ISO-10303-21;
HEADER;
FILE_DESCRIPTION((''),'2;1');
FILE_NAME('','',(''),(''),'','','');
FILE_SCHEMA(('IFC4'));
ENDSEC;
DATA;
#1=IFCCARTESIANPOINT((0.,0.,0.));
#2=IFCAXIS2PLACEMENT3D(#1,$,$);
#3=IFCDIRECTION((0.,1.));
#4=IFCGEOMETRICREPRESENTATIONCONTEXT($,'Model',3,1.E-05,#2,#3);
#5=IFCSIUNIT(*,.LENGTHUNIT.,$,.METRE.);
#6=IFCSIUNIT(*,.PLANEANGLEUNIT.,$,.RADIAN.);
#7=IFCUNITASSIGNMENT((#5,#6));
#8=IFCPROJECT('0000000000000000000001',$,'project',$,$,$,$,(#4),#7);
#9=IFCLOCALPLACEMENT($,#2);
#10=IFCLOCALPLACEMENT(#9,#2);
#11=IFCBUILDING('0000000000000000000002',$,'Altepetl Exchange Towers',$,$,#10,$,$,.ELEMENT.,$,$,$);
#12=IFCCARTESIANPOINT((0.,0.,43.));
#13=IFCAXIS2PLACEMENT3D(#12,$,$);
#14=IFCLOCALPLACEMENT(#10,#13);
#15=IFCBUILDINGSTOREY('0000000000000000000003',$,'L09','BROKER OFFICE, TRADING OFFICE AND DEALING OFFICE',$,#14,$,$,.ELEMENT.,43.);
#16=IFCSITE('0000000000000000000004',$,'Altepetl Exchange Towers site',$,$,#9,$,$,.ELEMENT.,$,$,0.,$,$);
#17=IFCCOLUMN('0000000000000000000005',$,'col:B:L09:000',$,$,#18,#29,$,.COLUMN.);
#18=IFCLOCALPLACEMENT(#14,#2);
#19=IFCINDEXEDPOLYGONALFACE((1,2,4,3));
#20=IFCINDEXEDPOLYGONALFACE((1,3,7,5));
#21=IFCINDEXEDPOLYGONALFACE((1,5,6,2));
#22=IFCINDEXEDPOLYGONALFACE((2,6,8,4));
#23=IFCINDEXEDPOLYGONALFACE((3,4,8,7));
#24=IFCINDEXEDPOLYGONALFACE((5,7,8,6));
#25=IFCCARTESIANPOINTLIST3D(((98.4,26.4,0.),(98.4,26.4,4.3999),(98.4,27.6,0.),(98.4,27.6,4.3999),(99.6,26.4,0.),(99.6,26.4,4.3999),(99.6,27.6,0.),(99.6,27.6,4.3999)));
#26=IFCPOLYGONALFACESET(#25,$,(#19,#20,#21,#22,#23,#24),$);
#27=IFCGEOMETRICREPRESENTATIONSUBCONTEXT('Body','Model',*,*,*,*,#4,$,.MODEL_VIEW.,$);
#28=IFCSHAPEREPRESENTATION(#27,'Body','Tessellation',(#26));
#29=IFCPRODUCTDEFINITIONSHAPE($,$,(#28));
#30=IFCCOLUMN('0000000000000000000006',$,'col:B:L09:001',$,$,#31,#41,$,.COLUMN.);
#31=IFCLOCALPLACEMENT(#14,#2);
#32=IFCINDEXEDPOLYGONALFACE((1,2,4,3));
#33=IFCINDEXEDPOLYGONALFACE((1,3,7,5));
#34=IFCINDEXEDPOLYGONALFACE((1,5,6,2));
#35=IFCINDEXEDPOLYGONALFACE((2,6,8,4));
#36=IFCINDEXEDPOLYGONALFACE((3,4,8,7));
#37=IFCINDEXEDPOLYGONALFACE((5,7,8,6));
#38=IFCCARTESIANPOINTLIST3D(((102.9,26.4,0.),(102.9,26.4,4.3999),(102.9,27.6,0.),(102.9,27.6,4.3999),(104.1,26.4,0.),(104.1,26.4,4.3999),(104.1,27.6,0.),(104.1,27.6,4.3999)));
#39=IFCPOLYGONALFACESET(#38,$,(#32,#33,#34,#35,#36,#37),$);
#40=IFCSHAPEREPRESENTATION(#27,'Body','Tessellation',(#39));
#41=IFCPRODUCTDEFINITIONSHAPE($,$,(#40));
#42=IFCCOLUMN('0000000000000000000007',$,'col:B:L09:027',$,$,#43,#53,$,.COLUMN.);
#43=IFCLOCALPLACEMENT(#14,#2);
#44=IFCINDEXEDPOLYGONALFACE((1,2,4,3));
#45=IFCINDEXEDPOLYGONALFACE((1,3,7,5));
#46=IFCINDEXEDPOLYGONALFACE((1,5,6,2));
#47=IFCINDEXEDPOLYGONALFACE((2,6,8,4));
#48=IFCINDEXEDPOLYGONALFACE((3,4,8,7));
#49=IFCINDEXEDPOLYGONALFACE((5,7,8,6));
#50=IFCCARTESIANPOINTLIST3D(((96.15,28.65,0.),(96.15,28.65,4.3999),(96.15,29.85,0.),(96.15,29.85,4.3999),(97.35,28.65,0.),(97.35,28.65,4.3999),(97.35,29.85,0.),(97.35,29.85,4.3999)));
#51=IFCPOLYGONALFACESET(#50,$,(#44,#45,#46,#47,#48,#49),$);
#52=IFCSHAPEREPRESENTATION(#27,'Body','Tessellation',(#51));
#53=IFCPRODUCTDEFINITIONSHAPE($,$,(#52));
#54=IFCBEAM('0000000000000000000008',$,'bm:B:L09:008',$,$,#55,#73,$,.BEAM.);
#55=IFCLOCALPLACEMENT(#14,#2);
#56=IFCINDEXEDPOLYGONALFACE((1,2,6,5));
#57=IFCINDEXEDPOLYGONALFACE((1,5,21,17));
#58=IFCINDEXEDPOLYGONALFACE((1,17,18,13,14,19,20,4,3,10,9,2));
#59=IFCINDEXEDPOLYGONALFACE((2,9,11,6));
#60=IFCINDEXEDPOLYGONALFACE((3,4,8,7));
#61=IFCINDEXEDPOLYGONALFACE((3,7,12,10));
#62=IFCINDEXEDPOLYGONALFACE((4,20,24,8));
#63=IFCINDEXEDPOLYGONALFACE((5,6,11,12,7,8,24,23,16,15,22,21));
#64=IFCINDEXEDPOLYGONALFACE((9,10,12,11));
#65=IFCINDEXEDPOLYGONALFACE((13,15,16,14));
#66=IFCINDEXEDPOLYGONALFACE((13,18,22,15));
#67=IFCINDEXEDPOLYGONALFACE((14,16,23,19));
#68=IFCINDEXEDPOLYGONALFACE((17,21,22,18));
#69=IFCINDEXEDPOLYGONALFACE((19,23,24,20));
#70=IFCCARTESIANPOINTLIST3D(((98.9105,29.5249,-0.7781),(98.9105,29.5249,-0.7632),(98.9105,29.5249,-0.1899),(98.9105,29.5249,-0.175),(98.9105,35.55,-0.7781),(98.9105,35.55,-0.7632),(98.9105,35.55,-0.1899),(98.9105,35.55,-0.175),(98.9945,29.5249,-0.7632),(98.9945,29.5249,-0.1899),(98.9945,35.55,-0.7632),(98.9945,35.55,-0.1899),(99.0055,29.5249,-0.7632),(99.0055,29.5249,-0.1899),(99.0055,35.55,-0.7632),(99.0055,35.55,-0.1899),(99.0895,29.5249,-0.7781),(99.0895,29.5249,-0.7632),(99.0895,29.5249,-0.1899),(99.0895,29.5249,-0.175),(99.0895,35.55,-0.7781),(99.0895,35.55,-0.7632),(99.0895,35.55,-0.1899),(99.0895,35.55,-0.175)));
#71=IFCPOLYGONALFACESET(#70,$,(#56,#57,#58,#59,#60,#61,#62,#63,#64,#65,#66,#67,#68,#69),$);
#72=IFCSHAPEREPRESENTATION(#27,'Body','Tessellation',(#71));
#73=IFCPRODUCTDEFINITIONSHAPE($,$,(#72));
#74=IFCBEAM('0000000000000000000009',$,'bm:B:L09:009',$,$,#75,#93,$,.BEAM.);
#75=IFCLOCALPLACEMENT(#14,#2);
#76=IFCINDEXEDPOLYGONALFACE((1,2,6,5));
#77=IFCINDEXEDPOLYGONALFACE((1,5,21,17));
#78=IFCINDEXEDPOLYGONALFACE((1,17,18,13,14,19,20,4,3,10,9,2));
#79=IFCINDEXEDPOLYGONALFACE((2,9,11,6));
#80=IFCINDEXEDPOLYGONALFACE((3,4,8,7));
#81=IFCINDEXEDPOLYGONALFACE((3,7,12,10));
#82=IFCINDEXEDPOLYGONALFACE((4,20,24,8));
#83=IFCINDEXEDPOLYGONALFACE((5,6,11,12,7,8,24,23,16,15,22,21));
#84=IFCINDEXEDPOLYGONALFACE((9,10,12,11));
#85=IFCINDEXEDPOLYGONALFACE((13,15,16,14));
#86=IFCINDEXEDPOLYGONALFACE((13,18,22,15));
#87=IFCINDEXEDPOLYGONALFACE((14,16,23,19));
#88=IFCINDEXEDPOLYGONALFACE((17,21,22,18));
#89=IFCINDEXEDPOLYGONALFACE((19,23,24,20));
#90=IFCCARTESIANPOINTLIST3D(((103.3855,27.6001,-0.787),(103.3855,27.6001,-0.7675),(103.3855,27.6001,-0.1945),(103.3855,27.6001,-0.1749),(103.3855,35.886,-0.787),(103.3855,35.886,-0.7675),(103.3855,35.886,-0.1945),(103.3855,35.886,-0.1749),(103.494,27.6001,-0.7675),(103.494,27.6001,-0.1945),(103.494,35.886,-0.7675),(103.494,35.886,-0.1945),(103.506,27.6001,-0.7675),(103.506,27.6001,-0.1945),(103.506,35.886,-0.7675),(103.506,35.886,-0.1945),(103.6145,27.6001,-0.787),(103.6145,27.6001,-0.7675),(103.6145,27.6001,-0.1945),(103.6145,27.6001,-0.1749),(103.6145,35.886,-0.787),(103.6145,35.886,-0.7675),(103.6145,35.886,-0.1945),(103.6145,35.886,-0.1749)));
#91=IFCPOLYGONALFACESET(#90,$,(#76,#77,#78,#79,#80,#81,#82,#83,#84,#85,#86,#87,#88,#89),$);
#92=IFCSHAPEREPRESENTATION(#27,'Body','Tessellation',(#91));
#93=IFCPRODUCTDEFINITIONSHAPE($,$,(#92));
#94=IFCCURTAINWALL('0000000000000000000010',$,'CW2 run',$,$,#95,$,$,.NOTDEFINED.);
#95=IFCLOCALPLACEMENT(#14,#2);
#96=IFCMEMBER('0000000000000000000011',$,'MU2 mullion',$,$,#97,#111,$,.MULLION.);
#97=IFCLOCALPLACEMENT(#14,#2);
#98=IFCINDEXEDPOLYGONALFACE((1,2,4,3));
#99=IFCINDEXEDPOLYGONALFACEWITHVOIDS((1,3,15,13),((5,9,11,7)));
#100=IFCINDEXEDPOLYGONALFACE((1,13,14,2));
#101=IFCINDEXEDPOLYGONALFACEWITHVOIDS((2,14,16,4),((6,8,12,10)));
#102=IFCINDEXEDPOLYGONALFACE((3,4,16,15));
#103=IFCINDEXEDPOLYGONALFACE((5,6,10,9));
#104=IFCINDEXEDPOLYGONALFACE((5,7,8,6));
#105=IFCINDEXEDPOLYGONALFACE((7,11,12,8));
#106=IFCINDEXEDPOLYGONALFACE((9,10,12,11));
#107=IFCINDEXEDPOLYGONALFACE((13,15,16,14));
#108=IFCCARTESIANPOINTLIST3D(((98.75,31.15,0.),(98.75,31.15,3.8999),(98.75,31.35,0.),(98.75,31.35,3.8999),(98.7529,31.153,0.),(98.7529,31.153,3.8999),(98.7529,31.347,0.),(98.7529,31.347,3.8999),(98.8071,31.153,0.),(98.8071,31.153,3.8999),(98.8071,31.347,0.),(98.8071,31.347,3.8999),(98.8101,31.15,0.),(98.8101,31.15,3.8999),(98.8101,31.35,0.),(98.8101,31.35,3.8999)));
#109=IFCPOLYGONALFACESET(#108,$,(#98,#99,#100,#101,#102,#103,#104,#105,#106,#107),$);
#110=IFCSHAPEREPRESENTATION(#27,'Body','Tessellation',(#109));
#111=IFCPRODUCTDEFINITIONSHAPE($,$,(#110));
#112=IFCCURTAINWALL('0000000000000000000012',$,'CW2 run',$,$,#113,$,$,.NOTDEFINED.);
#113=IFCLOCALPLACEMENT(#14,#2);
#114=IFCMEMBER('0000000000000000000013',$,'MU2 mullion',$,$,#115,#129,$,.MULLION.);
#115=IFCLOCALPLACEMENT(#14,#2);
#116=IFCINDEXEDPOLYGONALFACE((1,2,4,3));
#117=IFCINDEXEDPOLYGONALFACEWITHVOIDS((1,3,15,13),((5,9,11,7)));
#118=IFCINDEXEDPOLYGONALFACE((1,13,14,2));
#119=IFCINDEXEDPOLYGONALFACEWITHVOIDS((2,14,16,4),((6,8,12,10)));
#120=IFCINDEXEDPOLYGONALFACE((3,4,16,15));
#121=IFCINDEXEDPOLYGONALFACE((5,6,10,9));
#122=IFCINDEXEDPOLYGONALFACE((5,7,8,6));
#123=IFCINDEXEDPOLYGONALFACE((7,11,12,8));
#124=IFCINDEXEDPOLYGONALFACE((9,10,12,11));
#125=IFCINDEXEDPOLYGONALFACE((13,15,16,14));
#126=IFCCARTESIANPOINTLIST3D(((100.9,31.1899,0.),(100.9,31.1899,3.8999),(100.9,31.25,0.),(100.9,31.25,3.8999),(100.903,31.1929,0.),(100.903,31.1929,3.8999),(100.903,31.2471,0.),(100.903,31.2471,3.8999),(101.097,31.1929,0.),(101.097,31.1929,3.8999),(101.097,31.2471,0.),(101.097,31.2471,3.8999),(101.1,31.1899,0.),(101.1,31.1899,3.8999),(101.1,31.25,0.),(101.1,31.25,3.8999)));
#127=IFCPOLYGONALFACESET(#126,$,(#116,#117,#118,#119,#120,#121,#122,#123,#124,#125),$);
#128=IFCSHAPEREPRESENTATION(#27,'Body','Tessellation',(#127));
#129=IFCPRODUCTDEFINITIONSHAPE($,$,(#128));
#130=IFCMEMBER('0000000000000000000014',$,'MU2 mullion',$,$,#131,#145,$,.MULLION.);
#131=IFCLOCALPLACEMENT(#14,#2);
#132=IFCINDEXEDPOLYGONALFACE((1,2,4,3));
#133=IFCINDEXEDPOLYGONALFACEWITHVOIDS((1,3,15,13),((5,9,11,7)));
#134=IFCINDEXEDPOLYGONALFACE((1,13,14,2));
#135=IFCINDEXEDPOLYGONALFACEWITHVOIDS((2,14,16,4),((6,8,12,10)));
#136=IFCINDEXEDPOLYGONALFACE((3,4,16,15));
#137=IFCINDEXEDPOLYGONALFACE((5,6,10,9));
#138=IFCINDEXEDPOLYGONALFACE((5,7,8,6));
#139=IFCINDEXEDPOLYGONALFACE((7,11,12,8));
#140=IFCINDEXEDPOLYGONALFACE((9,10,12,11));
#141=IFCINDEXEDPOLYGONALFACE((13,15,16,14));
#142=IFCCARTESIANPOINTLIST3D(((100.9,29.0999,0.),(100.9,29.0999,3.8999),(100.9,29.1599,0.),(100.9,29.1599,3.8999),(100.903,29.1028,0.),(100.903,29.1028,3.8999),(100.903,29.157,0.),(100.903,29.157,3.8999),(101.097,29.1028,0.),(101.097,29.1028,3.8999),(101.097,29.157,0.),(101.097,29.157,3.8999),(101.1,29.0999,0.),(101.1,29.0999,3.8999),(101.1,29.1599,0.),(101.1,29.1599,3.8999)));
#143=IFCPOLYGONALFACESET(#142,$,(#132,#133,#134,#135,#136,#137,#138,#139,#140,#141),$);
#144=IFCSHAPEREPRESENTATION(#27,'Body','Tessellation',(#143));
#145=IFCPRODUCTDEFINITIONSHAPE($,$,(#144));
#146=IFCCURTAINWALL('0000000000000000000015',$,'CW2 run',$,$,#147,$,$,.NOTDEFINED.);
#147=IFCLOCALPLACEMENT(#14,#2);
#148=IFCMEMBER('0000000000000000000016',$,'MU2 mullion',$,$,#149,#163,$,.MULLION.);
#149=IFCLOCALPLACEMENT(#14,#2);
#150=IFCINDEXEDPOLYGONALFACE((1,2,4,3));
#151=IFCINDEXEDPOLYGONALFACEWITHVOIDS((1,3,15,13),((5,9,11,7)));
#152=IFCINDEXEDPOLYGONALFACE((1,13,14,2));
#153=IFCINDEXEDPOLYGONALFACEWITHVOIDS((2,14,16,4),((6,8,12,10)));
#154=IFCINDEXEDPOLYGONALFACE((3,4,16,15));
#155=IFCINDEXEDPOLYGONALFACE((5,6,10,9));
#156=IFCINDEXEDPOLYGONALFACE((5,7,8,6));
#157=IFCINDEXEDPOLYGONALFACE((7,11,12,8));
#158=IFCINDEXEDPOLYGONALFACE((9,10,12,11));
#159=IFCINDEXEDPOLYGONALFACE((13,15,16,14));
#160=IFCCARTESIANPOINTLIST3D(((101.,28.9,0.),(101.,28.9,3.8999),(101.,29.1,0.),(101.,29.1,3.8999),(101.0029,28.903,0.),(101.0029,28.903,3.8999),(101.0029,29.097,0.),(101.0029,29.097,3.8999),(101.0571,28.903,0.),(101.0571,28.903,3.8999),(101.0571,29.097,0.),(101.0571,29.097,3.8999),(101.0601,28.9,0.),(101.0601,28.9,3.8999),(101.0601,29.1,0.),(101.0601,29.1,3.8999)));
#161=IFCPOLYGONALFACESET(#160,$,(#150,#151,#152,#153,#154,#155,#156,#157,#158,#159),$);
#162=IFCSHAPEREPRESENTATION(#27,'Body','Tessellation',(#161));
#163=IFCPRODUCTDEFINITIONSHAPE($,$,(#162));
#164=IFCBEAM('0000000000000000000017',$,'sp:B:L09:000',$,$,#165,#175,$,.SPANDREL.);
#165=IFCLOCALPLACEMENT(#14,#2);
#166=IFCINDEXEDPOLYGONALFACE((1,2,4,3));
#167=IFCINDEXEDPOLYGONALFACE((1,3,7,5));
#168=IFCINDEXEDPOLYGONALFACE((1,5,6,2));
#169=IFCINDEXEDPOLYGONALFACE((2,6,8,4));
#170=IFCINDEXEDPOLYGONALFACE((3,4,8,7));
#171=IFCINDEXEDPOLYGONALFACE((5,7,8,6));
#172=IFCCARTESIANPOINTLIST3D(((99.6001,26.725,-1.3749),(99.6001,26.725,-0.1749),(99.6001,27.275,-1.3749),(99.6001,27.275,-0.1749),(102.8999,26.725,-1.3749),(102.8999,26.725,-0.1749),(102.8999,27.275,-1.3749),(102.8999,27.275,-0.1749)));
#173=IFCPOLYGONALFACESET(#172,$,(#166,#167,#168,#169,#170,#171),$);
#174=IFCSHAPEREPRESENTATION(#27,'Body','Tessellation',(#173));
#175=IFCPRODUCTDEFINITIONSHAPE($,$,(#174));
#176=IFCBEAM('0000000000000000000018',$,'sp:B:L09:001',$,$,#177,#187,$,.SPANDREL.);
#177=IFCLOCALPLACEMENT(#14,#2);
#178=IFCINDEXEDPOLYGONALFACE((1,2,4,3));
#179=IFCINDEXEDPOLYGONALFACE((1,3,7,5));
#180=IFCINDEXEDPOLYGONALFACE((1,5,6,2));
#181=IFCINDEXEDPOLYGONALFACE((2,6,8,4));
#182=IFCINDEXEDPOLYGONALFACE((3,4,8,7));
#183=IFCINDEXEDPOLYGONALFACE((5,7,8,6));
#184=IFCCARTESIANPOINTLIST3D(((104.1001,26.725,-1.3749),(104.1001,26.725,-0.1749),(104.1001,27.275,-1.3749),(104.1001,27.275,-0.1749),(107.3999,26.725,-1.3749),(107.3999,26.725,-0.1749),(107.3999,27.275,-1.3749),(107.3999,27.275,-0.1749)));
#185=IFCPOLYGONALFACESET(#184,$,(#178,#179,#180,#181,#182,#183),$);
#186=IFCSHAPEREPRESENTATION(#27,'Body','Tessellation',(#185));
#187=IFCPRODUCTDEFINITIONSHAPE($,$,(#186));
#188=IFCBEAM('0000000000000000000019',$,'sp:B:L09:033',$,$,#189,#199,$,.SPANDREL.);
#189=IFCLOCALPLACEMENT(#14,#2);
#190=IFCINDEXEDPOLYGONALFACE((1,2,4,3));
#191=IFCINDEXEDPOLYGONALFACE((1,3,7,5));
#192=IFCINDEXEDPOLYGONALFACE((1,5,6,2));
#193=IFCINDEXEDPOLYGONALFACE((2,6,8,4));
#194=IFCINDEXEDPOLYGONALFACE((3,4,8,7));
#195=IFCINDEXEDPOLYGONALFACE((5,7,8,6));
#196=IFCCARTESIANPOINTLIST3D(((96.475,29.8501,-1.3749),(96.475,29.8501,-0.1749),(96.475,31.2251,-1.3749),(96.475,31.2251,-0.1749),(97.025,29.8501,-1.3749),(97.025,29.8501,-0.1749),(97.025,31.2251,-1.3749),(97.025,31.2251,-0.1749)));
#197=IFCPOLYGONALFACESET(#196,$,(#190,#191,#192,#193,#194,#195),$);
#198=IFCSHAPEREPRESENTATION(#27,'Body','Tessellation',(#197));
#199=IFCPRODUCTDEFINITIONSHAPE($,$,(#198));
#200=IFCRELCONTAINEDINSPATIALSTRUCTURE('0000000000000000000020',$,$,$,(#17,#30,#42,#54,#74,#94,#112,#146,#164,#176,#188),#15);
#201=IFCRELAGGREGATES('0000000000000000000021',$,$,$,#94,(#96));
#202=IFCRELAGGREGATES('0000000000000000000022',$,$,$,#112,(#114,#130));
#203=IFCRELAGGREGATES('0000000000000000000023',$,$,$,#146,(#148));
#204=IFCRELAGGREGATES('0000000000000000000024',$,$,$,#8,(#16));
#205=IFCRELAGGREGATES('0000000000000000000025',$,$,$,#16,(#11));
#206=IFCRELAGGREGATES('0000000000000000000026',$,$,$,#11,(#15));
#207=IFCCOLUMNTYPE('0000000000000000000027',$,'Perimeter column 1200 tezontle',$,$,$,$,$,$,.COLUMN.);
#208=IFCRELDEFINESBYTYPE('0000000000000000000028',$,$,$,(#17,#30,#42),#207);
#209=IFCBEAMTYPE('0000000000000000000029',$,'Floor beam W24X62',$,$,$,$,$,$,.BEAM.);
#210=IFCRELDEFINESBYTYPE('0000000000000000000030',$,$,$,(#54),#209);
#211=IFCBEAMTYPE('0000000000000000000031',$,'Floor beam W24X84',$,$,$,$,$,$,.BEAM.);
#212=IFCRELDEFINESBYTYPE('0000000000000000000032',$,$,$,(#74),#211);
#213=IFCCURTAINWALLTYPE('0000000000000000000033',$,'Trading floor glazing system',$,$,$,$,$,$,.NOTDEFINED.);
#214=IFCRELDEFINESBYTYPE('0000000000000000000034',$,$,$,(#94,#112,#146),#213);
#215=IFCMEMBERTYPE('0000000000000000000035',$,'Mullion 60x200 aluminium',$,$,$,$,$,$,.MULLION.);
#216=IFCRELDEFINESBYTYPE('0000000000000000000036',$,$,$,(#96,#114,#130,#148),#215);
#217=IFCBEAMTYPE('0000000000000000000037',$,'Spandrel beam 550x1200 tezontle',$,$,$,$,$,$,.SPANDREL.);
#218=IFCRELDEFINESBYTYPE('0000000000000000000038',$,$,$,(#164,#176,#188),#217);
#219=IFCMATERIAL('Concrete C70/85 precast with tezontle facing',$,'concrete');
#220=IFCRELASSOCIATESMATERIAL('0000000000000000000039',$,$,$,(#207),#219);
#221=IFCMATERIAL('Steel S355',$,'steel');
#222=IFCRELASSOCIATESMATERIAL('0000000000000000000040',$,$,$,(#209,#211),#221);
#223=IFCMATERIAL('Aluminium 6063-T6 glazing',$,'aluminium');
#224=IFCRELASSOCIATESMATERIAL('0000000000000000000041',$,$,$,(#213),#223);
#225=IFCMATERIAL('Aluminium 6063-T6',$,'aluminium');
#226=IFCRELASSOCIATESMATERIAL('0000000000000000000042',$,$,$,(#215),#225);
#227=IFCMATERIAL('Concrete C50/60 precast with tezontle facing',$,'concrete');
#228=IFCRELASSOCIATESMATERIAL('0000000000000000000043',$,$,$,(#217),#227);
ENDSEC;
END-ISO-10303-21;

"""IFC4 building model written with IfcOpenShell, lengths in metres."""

from ifc_helpers import new_model, si_unit, direction, frame, origin, origin_2d, place, context, subcontext, project, spatial, rectangle, hollow_rectangle, i_section, extrude, material, material_profile, profile_set, type_object, element, aggregate, save


model = new_model("IFC4")

# Units and contexts
model_context = context("Model", 3, precision=1e-05, world=origin(), true_north=direction((0.0, 1.0)))
body_context = subcontext(model_context, "Body", "Model", "MODEL_VIEW")
ifc_project = project(units=[si_unit("LENGTHUNIT", "METRE"), si_unit("PLANEANGLEUNIT", "RADIAN")], contexts=[model_context])

# Site, building, storey
site_placement = place(None, origin())
site = spatial("IfcSite", under=ifc_project, at=site_placement, Name="Altepetl Exchange Towers site", CompositionType="ELEMENT", RefElevation=0.0)
building_placement = place(site_placement, origin())
building = spatial("IfcBuilding", under=site, at=building_placement, Name="Altepetl Exchange Towers", CompositionType="ELEMENT")
storey_placement = place(building_placement, frame((0.0, 0.0, 43.0)))
storey = spatial("IfcBuildingStorey", under=building, at=storey_placement, Name="L09", Description="BROKER OFFICE, TRADING OFFICE AND DEALING OFFICE", CompositionType="ELEMENT", Elevation=43.0)

# Columns
ifc_material_1 = material(Name="Concrete C70/85 precast with tezontle facing", Category="concrete")
ifc_material_profile_1 = material_profile(ifc_material_1, rectangle(XDim=1.2, YDim=1.2, at=origin_2d()), Name="1200 x 1200")
ifc_profile_set_1 = profile_set([ifc_material_profile_1], Name="Concrete C70/85 precast with tezontle facing")
column_type = type_object("IfcColumnType", Name="Perimeter column 1200 tezontle", PredefinedType="COLUMN", material=ifc_profile_set_1)
for number, where, name in (
    (1, (99.0, 27.0, 0.0), "col:B:L09:000"),
    (2, (103.5, 27.0, 0.0), "col:B:L09:001"),
    (3, (96.75, 29.25, 0.0), "col:B:L09:027"),
):
    element("IfcColumn", number, at=place(storey_placement, frame(where)), inside=storey, type_object=column_type, Name=name, PredefinedType="COLUMN", context=body_context, shape_type="SweptSolid", body=[
        extrude(rectangle(XDim=1.2, YDim=1.2, at=origin_2d()), origin(), (0.0, 0.0, 1.0), 4.3999),
    ])

# Beams
ifc_material_2 = material(Name="Steel S355", Category="steel")
ifc_material_profile_2 = material_profile(ifc_material_2, i_section(OverallWidth=0.179, OverallDepth=0.603, WebThickness=0.011, FlangeThickness=0.0149, at=origin_2d()), Name="W24X62")
ifc_profile_set_2 = profile_set([ifc_material_profile_2], Name="Steel S355")
beam_type_1 = type_object("IfcBeamType", Name="Floor beam W24X62", PredefinedType="BEAM", material=ifc_profile_set_2)
beam_1_placement = place(storey_placement, frame((99.0, 29.5249, -0.4766), z_axis=(0.0, 1.0, 0.0), x_axis=(-1.0, 0.0, 0.0)))
element("IfcBeam", 4, at=beam_1_placement, inside=storey, type_object=beam_type_1, Name="bm:B:L09:008", PredefinedType="BEAM", context=body_context, shape_type="SweptSolid", body=[
    extrude(i_section(OverallWidth=0.179, OverallDepth=0.603, WebThickness=0.011, FlangeThickness=0.0149, at=origin_2d()), origin(), (0.0, 0.0, 1.0), 6.0251),
])
ifc_material_profile_3 = material_profile(ifc_material_2, i_section(OverallWidth=0.229, OverallDepth=0.6121, WebThickness=0.012, FlangeThickness=0.0195, at=origin_2d()), Name="W24X84")
ifc_profile_set_3 = profile_set([ifc_material_profile_3], Name="Steel S355")
beam_type_2 = type_object("IfcBeamType", Name="Floor beam W24X84", PredefinedType="BEAM", material=ifc_profile_set_3)
beam_2_placement = place(storey_placement, frame((103.5, 27.6001, -0.481), z_axis=(0.0, 1.0, 0.0), x_axis=(-1.0, 0.0, 0.0)))
element("IfcBeam", 5, at=beam_2_placement, inside=storey, type_object=beam_type_2, Name="bm:B:L09:009", PredefinedType="BEAM", context=body_context, shape_type="SweptSolid", body=[
    extrude(i_section(OverallWidth=0.229, OverallDepth=0.6121, WebThickness=0.012, FlangeThickness=0.0195, at=origin_2d()), origin(), (0.0, 0.0, 1.0), 8.2859),
])

# Curtain wall, member
ifc_material_3 = material(Name="Aluminium 6063-T6 glazing", Category="aluminium")
curtain_wall_type = type_object("IfcCurtainWallType", Name="Trading floor glazing system", PredefinedType="NOTDEFINED", material=ifc_material_3)
curtain_wall_1_placement = place(storey_placement, origin())
curtain_wall_1 = element("IfcCurtainWall", 6, at=curtain_wall_1_placement, inside=storey, type_object=curtain_wall_type, Name="CW2 run", PredefinedType="NOTDEFINED")
ifc_material_4 = material(Name="Aluminium 6063-T6", Category="aluminium")
ifc_material_profile_4 = material_profile(ifc_material_4, hollow_rectangle(XDim=0.0601, YDim=0.2, WallThickness=0.0029, at=origin_2d()), Name="Mullion 60x200 aluminium")
ifc_profile_set_4 = profile_set([ifc_material_profile_4], Name="Aluminium 6063-T6")
member_type = type_object("IfcMemberType", Name="Mullion 60x200 aluminium", PredefinedType="MULLION", material=ifc_profile_set_4)
member_1_placement = place(storey_placement, frame((98.78, 31.25, 0.0)))
member_1 = element("IfcMember", 7, at=member_1_placement, type_object=member_type, Name="MU2 mullion", PredefinedType="MULLION", context=body_context, shape_type="SweptSolid", body=[
    extrude(hollow_rectangle(XDim=0.0601, YDim=0.2, WallThickness=0.0029, at=origin_2d()), origin(), (0.0, 0.0, 1.0), 3.8999),
])
aggregate(curtain_wall_1, [member_1])

# Curtain wall, members
curtain_wall_2_placement = place(storey_placement, origin())
curtain_wall_2 = element("IfcCurtainWall", 8, at=curtain_wall_2_placement, inside=storey, type_object=curtain_wall_type, Name="CW2 run", PredefinedType="NOTDEFINED")
member_2_placement = place(storey_placement, frame((101.0, 31.22, 0.0), z_axis=(0.0, 0.0, 1.0), x_axis=(0.0, -1.0, 0.0)))
member_2 = element("IfcMember", 9, at=member_2_placement, type_object=member_type, Name="MU2 mullion", PredefinedType="MULLION", context=body_context, shape_type="SweptSolid", body=[
    extrude(hollow_rectangle(XDim=0.0601, YDim=0.2, WallThickness=0.0029, at=origin_2d()), origin(), (0.0, 0.0, 1.0), 3.8999),
])
member_3_placement = place(storey_placement, frame((101.0, 29.1299, 0.0), z_axis=(0.0, 0.0, 1.0), x_axis=(0.0, -1.0, 0.0)))
member_3 = element("IfcMember", 10, at=member_3_placement, type_object=member_type, Name="MU2 mullion", PredefinedType="MULLION", context=body_context, shape_type="SweptSolid", body=[
    extrude(hollow_rectangle(XDim=0.0601, YDim=0.2, WallThickness=0.0029, at=origin_2d()), origin(), (0.0, 0.0, 1.0), 3.8999),
])

# Curtain wall, member
curtain_wall_3_placement = place(storey_placement, origin())
curtain_wall_3 = element("IfcCurtainWall", 11, at=curtain_wall_3_placement, inside=storey, type_object=curtain_wall_type, Name="CW2 run", PredefinedType="NOTDEFINED")
member_4_placement = place(storey_placement, frame((101.03, 29.0, 0.0)))
member_4 = element("IfcMember", 12, at=member_4_placement, type_object=member_type, Name="MU2 mullion", PredefinedType="MULLION", context=body_context, shape_type="SweptSolid", body=[
    extrude(hollow_rectangle(XDim=0.0601, YDim=0.2, WallThickness=0.0029, at=origin_2d()), origin(), (0.0, 0.0, 1.0), 3.8999),
])

# Beams
ifc_material_5 = material(Name="Concrete C50/60 precast with tezontle facing", Category="concrete")
ifc_material_profile_5 = material_profile(ifc_material_5, rectangle(XDim=0.55, YDim=1.2, at=origin_2d()), Name="550 x 1200")
ifc_profile_set_5 = profile_set([ifc_material_profile_5], Name="Concrete C50/60 precast with tezontle facing")
beam_type_3 = type_object("IfcBeamType", Name="Spandrel beam 550x1200 tezontle", PredefinedType="SPANDREL", material=ifc_profile_set_5)
for number, where, z_axis, x_axis, name in (
    (13, (99.6001, 27.0, -0.7749), (1.0, 0.0, 0.0), (0.0, 1.0, 0.0), "sp:B:L09:000"),
    (14, (104.1001, 27.0, -0.7749), (1.0, 0.0, 0.0), (0.0, 1.0, 0.0), "sp:B:L09:001"),
):
    element("IfcBeam", number, at=place(storey_placement, frame(where, z_axis=z_axis, x_axis=x_axis)), inside=storey, type_object=beam_type_3, Name=name, PredefinedType="SPANDREL", context=body_context, shape_type="SweptSolid", body=[
        extrude(rectangle(XDim=0.55, YDim=1.2, at=origin_2d()), origin(), (0.0, 0.0, 1.0), 3.2998),
    ])
beam_3_placement = place(storey_placement, frame((96.75, 31.2251, -0.7749), z_axis=(0.0, -1.0, 0.0), x_axis=(1.0, 0.0, 0.0)))
element("IfcBeam", 15, at=beam_3_placement, inside=storey, type_object=beam_type_3, Name="sp:B:L09:033", PredefinedType="SPANDREL", context=body_context, shape_type="SweptSolid", body=[
    extrude(rectangle(XDim=0.55, YDim=1.2, at=origin_2d()), origin(), (0.0, 0.0, 1.0), 1.375),
])

aggregate(curtain_wall_2, [member_2, member_3])
aggregate(curtain_wall_3, [member_4])

save(model, "model.ifc")
